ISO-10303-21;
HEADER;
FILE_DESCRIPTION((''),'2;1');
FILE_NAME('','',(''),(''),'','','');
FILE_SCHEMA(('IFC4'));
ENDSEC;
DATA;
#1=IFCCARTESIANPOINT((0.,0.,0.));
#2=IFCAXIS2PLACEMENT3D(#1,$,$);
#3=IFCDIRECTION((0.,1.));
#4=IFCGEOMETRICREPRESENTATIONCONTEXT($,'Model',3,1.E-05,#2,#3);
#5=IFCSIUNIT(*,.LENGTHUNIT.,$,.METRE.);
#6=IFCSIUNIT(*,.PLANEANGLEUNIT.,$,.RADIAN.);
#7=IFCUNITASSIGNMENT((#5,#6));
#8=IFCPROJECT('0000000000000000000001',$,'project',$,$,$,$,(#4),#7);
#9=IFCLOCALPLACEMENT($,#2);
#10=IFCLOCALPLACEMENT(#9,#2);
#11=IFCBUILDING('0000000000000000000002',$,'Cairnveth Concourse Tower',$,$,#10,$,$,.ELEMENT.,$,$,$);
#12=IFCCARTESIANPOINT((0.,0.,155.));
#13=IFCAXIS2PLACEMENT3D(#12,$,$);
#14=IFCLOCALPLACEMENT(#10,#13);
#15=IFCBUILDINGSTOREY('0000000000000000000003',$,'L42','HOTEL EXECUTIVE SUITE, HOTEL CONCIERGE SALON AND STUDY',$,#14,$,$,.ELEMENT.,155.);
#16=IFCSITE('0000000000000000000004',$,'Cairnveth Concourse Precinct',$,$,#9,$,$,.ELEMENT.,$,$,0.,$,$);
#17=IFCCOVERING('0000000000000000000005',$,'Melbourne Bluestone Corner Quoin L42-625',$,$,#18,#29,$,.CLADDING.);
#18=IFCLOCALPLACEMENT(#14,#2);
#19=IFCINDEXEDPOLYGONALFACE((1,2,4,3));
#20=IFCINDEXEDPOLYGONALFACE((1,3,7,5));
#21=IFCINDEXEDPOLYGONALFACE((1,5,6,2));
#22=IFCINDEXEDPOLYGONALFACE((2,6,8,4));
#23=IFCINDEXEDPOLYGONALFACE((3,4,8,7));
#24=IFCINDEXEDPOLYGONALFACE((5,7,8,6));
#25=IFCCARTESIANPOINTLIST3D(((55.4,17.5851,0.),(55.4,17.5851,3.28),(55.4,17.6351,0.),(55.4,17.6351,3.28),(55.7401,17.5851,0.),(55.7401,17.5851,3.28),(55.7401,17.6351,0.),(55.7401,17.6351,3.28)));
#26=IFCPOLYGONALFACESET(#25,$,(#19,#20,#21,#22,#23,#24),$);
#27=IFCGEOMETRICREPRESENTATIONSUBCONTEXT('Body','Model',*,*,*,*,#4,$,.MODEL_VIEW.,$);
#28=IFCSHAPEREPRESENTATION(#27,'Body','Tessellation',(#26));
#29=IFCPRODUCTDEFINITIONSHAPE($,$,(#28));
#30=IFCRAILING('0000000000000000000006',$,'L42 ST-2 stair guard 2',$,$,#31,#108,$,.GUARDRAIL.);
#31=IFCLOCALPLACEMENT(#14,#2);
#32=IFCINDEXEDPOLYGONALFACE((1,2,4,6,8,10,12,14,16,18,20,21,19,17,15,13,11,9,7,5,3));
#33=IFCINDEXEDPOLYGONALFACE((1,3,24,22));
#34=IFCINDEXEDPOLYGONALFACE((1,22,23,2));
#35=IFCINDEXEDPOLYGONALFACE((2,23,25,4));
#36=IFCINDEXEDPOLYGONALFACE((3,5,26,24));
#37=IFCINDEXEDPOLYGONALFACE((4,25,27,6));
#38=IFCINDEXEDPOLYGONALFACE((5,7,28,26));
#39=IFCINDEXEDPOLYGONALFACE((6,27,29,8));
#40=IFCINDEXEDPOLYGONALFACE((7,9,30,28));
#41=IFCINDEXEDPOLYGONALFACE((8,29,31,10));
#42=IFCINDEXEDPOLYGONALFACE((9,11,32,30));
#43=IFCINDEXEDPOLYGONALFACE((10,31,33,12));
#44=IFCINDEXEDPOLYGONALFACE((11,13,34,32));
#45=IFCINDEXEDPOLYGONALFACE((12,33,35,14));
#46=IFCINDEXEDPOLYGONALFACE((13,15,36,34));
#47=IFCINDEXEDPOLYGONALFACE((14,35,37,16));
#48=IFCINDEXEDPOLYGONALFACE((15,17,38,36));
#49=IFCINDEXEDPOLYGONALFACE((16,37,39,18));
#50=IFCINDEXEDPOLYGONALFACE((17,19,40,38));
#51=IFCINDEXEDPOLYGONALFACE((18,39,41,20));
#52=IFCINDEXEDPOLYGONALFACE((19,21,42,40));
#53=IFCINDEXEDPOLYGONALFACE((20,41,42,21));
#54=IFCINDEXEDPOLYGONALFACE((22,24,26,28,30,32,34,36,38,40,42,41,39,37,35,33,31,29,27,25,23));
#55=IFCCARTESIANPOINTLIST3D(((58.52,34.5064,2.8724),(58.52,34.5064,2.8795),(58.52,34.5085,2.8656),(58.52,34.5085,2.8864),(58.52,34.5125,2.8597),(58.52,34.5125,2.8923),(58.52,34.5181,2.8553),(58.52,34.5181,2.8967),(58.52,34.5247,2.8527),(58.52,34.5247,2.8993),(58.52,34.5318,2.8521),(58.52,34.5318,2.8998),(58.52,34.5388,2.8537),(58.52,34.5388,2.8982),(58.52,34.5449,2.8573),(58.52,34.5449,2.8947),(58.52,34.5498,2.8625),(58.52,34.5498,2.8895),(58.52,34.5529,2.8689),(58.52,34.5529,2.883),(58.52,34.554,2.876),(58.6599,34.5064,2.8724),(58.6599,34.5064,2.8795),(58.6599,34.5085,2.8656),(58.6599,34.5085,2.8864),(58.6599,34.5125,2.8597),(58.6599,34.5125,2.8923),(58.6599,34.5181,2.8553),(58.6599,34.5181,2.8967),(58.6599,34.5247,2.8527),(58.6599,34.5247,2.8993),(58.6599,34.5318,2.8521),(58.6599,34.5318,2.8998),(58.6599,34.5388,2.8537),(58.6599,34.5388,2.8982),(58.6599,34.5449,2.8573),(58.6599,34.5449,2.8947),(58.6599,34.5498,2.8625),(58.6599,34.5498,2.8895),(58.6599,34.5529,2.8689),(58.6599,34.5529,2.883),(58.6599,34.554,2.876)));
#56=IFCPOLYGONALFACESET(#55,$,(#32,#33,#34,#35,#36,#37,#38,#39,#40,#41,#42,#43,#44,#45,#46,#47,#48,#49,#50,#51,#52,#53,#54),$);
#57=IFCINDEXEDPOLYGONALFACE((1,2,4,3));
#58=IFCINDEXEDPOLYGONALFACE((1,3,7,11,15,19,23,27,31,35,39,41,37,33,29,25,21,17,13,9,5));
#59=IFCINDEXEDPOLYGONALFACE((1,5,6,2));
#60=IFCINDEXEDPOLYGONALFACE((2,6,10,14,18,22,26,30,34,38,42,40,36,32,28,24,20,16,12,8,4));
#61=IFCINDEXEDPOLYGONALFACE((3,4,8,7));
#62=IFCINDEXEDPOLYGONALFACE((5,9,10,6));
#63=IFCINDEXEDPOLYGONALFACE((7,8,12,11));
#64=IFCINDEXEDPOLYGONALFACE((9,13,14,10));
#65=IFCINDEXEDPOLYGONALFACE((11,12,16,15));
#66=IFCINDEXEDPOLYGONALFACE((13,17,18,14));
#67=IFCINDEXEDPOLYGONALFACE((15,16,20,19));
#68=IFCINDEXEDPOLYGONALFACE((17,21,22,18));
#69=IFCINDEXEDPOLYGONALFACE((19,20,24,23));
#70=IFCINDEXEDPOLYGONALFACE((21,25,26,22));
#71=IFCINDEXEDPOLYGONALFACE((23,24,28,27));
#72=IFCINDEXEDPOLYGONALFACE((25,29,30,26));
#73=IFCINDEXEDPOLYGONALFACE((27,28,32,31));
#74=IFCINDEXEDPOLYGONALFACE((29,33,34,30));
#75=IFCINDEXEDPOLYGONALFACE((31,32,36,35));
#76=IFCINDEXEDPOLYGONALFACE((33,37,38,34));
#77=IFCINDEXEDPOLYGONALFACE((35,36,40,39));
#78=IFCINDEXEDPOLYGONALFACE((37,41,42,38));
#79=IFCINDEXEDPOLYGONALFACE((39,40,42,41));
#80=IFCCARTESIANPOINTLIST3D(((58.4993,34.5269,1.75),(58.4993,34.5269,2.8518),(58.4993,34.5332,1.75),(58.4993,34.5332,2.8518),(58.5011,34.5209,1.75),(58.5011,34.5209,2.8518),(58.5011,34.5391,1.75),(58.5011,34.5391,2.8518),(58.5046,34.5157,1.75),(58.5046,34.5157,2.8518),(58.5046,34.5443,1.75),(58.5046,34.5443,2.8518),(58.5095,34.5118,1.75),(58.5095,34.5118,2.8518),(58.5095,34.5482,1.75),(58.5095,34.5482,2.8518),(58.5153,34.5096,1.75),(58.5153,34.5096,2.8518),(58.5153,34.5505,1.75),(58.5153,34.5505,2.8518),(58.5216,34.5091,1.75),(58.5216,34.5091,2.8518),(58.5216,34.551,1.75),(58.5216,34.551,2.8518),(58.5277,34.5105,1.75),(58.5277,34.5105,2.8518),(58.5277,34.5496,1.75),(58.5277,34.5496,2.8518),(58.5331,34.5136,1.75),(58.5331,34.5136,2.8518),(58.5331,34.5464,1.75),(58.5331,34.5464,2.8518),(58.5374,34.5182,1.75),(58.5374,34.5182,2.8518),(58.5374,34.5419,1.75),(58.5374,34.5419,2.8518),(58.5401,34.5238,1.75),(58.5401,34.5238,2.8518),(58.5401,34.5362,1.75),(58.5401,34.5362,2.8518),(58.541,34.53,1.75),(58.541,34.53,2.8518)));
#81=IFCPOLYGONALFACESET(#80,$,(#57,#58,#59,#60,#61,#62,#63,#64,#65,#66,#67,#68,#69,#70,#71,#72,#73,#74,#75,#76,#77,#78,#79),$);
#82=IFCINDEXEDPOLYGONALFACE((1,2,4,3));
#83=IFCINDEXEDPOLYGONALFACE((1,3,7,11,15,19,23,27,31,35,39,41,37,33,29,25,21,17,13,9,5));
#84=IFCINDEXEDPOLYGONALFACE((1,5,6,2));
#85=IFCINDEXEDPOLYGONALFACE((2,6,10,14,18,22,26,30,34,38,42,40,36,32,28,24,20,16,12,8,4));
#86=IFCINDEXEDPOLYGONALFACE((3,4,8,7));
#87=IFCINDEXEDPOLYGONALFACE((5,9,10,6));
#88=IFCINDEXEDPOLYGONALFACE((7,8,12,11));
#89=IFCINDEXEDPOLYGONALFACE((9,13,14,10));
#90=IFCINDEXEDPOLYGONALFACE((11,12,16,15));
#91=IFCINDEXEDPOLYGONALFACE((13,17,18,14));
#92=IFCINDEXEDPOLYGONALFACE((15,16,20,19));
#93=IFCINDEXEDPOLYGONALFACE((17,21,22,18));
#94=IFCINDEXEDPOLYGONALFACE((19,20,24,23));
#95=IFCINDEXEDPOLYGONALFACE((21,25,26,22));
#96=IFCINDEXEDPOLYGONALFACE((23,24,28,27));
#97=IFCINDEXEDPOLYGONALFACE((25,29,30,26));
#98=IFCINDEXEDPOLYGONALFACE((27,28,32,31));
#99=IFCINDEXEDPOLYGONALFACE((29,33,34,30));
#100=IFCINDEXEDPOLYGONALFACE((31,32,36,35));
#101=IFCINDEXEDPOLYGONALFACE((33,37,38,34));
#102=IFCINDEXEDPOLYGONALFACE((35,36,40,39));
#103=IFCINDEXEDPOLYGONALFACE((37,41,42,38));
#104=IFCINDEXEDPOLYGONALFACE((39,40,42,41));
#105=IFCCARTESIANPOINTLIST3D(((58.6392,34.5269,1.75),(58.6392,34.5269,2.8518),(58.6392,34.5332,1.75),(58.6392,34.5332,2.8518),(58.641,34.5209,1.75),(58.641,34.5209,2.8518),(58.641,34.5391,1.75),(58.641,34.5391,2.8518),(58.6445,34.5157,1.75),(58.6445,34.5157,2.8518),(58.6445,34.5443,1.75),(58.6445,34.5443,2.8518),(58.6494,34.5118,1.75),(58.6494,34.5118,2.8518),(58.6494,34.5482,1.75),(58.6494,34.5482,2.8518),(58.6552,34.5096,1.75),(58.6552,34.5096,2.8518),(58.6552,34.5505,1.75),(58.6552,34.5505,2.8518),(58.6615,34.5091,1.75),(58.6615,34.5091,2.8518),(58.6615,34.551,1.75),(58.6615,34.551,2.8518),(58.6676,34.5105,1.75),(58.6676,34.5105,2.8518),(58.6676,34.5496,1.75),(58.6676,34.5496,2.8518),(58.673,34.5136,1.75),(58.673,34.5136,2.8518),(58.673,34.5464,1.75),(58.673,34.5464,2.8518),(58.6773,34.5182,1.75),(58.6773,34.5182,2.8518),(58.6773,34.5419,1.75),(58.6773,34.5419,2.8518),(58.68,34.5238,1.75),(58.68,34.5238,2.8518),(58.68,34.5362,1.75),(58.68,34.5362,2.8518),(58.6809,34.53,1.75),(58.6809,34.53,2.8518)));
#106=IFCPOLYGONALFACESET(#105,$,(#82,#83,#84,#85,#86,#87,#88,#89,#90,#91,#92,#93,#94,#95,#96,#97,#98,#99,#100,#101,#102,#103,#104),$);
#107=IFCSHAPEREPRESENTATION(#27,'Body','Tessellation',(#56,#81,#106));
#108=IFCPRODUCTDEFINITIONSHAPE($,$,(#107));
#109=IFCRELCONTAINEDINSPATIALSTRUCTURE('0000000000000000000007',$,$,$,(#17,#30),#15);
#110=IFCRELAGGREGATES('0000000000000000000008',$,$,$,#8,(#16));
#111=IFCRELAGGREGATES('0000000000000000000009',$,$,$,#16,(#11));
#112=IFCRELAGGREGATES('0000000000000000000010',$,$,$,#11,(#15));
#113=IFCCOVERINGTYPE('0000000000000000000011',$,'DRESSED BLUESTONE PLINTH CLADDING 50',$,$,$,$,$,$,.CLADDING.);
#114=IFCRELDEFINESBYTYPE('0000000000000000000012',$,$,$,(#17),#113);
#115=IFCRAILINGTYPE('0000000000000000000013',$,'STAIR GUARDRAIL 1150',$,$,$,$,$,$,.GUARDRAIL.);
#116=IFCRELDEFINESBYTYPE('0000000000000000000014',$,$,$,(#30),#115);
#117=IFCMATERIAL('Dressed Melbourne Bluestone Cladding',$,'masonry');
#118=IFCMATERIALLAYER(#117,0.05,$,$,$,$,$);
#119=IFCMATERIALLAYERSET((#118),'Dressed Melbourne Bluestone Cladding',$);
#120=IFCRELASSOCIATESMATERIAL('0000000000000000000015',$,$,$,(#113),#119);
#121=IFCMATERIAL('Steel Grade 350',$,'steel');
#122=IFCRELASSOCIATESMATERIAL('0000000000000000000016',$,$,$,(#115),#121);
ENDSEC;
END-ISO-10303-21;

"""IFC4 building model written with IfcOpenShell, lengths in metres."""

from ifc_helpers import new_model, si_unit, direction, frame, frame_2d, origin, origin_2d, place, context, subcontext, project, spatial, rectangle, circle, extrude, material, layer, layer_set, type_object, element, save


model = new_model("IFC4")

# Units and contexts
model_context = context("Model", 3, precision=1e-05, world=origin(), true_north=direction((0.0, 1.0)))
body_context = subcontext(model_context, "Body", "Model", "MODEL_VIEW")
ifc_project = project(units=[si_unit("LENGTHUNIT", "METRE"), si_unit("PLANEANGLEUNIT", "RADIAN")], contexts=[model_context])

# Site, building, storey
site_placement = place(None, origin())
site = spatial("IfcSite", under=ifc_project, at=site_placement, Name="Cairnveth Concourse Precinct", CompositionType="ELEMENT", RefElevation=0.0)
building_placement = place(site_placement, origin())
building = spatial("IfcBuilding", under=site, at=building_placement, Name="Cairnveth Concourse Tower", CompositionType="ELEMENT")
storey_placement = place(building_placement, frame((0.0, 0.0, 155.0)))
storey = spatial("IfcBuildingStorey", under=building, at=storey_placement, Name="L42", Description="HOTEL EXECUTIVE SUITE, HOTEL CONCIERGE SALON AND STUDY", CompositionType="ELEMENT", Elevation=155.0)

# Shared definitions
ifc_material_1 = material(Name="Steel Grade 350", Category="steel")

# Covering
ifc_material_2 = material(Name="Dressed Melbourne Bluestone Cladding", Category="masonry")
ifc_layer_1 = layer(ifc_material_2, 0.05)
ifc_layer_set_1 = layer_set([ifc_layer_1], Name="Dressed Melbourne Bluestone Cladding")
covering_type = type_object("IfcCoveringType", Name="DRESSED BLUESTONE PLINTH CLADDING 50", PredefinedType="CLADDING", material=ifc_layer_set_1)
covering_placement = place(storey_placement, frame((55.74, 17.6101, 0.0), z_axis=(0.0, 0.0, 1.0), x_axis=(-1.0, 0.0, 0.0)))
element("IfcCovering", 1, at=covering_placement, inside=storey, type_object=covering_type, Name="Melbourne Bluestone Corner Quoin L42-625", PredefinedType="CLADDING", context=body_context, shape_type="SweptSolid", body=[
    extrude(rectangle(XDim=0.3401, YDim=0.05, at=frame_2d((0.1699, 0.0))), origin(), (0.0, 0.0, 1.0), 3.28),
])

# Railing
railing_type = type_object("IfcRailingType", Name="STAIR GUARDRAIL 1150", PredefinedType="GUARDRAIL", material=ifc_material_1)
railing_1_placement = place(storey_placement, frame((58.52, 34.53, 1.75)))
element("IfcRailing", 2, at=railing_1_placement, inside=storey, type_object=railing_type, Name="L42 ST-2 stair guard 2", PredefinedType="GUARDRAIL", context=body_context, shape_type="SweptSolid", body=[
    extrude(circle(Radius=0.0239, at=origin_2d()), frame((0.0, 0.0, 1.126), z_axis=(1.0, 0.0, 0.0), x_axis=(0.0, 1.0, 0.0)), (0.0, 0.0, 1.0), 0.1399),
    extrude(circle(Radius=0.021, at=origin_2d()), origin(), (0.0, 0.0, 1.0), 1.1018),
    extrude(circle(Radius=0.021, at=origin_2d()), frame((0.1399, 0.0, 0.0)), (0.0, 0.0, 1.0), 1.1018),
])

save(model, "model.ifc")
